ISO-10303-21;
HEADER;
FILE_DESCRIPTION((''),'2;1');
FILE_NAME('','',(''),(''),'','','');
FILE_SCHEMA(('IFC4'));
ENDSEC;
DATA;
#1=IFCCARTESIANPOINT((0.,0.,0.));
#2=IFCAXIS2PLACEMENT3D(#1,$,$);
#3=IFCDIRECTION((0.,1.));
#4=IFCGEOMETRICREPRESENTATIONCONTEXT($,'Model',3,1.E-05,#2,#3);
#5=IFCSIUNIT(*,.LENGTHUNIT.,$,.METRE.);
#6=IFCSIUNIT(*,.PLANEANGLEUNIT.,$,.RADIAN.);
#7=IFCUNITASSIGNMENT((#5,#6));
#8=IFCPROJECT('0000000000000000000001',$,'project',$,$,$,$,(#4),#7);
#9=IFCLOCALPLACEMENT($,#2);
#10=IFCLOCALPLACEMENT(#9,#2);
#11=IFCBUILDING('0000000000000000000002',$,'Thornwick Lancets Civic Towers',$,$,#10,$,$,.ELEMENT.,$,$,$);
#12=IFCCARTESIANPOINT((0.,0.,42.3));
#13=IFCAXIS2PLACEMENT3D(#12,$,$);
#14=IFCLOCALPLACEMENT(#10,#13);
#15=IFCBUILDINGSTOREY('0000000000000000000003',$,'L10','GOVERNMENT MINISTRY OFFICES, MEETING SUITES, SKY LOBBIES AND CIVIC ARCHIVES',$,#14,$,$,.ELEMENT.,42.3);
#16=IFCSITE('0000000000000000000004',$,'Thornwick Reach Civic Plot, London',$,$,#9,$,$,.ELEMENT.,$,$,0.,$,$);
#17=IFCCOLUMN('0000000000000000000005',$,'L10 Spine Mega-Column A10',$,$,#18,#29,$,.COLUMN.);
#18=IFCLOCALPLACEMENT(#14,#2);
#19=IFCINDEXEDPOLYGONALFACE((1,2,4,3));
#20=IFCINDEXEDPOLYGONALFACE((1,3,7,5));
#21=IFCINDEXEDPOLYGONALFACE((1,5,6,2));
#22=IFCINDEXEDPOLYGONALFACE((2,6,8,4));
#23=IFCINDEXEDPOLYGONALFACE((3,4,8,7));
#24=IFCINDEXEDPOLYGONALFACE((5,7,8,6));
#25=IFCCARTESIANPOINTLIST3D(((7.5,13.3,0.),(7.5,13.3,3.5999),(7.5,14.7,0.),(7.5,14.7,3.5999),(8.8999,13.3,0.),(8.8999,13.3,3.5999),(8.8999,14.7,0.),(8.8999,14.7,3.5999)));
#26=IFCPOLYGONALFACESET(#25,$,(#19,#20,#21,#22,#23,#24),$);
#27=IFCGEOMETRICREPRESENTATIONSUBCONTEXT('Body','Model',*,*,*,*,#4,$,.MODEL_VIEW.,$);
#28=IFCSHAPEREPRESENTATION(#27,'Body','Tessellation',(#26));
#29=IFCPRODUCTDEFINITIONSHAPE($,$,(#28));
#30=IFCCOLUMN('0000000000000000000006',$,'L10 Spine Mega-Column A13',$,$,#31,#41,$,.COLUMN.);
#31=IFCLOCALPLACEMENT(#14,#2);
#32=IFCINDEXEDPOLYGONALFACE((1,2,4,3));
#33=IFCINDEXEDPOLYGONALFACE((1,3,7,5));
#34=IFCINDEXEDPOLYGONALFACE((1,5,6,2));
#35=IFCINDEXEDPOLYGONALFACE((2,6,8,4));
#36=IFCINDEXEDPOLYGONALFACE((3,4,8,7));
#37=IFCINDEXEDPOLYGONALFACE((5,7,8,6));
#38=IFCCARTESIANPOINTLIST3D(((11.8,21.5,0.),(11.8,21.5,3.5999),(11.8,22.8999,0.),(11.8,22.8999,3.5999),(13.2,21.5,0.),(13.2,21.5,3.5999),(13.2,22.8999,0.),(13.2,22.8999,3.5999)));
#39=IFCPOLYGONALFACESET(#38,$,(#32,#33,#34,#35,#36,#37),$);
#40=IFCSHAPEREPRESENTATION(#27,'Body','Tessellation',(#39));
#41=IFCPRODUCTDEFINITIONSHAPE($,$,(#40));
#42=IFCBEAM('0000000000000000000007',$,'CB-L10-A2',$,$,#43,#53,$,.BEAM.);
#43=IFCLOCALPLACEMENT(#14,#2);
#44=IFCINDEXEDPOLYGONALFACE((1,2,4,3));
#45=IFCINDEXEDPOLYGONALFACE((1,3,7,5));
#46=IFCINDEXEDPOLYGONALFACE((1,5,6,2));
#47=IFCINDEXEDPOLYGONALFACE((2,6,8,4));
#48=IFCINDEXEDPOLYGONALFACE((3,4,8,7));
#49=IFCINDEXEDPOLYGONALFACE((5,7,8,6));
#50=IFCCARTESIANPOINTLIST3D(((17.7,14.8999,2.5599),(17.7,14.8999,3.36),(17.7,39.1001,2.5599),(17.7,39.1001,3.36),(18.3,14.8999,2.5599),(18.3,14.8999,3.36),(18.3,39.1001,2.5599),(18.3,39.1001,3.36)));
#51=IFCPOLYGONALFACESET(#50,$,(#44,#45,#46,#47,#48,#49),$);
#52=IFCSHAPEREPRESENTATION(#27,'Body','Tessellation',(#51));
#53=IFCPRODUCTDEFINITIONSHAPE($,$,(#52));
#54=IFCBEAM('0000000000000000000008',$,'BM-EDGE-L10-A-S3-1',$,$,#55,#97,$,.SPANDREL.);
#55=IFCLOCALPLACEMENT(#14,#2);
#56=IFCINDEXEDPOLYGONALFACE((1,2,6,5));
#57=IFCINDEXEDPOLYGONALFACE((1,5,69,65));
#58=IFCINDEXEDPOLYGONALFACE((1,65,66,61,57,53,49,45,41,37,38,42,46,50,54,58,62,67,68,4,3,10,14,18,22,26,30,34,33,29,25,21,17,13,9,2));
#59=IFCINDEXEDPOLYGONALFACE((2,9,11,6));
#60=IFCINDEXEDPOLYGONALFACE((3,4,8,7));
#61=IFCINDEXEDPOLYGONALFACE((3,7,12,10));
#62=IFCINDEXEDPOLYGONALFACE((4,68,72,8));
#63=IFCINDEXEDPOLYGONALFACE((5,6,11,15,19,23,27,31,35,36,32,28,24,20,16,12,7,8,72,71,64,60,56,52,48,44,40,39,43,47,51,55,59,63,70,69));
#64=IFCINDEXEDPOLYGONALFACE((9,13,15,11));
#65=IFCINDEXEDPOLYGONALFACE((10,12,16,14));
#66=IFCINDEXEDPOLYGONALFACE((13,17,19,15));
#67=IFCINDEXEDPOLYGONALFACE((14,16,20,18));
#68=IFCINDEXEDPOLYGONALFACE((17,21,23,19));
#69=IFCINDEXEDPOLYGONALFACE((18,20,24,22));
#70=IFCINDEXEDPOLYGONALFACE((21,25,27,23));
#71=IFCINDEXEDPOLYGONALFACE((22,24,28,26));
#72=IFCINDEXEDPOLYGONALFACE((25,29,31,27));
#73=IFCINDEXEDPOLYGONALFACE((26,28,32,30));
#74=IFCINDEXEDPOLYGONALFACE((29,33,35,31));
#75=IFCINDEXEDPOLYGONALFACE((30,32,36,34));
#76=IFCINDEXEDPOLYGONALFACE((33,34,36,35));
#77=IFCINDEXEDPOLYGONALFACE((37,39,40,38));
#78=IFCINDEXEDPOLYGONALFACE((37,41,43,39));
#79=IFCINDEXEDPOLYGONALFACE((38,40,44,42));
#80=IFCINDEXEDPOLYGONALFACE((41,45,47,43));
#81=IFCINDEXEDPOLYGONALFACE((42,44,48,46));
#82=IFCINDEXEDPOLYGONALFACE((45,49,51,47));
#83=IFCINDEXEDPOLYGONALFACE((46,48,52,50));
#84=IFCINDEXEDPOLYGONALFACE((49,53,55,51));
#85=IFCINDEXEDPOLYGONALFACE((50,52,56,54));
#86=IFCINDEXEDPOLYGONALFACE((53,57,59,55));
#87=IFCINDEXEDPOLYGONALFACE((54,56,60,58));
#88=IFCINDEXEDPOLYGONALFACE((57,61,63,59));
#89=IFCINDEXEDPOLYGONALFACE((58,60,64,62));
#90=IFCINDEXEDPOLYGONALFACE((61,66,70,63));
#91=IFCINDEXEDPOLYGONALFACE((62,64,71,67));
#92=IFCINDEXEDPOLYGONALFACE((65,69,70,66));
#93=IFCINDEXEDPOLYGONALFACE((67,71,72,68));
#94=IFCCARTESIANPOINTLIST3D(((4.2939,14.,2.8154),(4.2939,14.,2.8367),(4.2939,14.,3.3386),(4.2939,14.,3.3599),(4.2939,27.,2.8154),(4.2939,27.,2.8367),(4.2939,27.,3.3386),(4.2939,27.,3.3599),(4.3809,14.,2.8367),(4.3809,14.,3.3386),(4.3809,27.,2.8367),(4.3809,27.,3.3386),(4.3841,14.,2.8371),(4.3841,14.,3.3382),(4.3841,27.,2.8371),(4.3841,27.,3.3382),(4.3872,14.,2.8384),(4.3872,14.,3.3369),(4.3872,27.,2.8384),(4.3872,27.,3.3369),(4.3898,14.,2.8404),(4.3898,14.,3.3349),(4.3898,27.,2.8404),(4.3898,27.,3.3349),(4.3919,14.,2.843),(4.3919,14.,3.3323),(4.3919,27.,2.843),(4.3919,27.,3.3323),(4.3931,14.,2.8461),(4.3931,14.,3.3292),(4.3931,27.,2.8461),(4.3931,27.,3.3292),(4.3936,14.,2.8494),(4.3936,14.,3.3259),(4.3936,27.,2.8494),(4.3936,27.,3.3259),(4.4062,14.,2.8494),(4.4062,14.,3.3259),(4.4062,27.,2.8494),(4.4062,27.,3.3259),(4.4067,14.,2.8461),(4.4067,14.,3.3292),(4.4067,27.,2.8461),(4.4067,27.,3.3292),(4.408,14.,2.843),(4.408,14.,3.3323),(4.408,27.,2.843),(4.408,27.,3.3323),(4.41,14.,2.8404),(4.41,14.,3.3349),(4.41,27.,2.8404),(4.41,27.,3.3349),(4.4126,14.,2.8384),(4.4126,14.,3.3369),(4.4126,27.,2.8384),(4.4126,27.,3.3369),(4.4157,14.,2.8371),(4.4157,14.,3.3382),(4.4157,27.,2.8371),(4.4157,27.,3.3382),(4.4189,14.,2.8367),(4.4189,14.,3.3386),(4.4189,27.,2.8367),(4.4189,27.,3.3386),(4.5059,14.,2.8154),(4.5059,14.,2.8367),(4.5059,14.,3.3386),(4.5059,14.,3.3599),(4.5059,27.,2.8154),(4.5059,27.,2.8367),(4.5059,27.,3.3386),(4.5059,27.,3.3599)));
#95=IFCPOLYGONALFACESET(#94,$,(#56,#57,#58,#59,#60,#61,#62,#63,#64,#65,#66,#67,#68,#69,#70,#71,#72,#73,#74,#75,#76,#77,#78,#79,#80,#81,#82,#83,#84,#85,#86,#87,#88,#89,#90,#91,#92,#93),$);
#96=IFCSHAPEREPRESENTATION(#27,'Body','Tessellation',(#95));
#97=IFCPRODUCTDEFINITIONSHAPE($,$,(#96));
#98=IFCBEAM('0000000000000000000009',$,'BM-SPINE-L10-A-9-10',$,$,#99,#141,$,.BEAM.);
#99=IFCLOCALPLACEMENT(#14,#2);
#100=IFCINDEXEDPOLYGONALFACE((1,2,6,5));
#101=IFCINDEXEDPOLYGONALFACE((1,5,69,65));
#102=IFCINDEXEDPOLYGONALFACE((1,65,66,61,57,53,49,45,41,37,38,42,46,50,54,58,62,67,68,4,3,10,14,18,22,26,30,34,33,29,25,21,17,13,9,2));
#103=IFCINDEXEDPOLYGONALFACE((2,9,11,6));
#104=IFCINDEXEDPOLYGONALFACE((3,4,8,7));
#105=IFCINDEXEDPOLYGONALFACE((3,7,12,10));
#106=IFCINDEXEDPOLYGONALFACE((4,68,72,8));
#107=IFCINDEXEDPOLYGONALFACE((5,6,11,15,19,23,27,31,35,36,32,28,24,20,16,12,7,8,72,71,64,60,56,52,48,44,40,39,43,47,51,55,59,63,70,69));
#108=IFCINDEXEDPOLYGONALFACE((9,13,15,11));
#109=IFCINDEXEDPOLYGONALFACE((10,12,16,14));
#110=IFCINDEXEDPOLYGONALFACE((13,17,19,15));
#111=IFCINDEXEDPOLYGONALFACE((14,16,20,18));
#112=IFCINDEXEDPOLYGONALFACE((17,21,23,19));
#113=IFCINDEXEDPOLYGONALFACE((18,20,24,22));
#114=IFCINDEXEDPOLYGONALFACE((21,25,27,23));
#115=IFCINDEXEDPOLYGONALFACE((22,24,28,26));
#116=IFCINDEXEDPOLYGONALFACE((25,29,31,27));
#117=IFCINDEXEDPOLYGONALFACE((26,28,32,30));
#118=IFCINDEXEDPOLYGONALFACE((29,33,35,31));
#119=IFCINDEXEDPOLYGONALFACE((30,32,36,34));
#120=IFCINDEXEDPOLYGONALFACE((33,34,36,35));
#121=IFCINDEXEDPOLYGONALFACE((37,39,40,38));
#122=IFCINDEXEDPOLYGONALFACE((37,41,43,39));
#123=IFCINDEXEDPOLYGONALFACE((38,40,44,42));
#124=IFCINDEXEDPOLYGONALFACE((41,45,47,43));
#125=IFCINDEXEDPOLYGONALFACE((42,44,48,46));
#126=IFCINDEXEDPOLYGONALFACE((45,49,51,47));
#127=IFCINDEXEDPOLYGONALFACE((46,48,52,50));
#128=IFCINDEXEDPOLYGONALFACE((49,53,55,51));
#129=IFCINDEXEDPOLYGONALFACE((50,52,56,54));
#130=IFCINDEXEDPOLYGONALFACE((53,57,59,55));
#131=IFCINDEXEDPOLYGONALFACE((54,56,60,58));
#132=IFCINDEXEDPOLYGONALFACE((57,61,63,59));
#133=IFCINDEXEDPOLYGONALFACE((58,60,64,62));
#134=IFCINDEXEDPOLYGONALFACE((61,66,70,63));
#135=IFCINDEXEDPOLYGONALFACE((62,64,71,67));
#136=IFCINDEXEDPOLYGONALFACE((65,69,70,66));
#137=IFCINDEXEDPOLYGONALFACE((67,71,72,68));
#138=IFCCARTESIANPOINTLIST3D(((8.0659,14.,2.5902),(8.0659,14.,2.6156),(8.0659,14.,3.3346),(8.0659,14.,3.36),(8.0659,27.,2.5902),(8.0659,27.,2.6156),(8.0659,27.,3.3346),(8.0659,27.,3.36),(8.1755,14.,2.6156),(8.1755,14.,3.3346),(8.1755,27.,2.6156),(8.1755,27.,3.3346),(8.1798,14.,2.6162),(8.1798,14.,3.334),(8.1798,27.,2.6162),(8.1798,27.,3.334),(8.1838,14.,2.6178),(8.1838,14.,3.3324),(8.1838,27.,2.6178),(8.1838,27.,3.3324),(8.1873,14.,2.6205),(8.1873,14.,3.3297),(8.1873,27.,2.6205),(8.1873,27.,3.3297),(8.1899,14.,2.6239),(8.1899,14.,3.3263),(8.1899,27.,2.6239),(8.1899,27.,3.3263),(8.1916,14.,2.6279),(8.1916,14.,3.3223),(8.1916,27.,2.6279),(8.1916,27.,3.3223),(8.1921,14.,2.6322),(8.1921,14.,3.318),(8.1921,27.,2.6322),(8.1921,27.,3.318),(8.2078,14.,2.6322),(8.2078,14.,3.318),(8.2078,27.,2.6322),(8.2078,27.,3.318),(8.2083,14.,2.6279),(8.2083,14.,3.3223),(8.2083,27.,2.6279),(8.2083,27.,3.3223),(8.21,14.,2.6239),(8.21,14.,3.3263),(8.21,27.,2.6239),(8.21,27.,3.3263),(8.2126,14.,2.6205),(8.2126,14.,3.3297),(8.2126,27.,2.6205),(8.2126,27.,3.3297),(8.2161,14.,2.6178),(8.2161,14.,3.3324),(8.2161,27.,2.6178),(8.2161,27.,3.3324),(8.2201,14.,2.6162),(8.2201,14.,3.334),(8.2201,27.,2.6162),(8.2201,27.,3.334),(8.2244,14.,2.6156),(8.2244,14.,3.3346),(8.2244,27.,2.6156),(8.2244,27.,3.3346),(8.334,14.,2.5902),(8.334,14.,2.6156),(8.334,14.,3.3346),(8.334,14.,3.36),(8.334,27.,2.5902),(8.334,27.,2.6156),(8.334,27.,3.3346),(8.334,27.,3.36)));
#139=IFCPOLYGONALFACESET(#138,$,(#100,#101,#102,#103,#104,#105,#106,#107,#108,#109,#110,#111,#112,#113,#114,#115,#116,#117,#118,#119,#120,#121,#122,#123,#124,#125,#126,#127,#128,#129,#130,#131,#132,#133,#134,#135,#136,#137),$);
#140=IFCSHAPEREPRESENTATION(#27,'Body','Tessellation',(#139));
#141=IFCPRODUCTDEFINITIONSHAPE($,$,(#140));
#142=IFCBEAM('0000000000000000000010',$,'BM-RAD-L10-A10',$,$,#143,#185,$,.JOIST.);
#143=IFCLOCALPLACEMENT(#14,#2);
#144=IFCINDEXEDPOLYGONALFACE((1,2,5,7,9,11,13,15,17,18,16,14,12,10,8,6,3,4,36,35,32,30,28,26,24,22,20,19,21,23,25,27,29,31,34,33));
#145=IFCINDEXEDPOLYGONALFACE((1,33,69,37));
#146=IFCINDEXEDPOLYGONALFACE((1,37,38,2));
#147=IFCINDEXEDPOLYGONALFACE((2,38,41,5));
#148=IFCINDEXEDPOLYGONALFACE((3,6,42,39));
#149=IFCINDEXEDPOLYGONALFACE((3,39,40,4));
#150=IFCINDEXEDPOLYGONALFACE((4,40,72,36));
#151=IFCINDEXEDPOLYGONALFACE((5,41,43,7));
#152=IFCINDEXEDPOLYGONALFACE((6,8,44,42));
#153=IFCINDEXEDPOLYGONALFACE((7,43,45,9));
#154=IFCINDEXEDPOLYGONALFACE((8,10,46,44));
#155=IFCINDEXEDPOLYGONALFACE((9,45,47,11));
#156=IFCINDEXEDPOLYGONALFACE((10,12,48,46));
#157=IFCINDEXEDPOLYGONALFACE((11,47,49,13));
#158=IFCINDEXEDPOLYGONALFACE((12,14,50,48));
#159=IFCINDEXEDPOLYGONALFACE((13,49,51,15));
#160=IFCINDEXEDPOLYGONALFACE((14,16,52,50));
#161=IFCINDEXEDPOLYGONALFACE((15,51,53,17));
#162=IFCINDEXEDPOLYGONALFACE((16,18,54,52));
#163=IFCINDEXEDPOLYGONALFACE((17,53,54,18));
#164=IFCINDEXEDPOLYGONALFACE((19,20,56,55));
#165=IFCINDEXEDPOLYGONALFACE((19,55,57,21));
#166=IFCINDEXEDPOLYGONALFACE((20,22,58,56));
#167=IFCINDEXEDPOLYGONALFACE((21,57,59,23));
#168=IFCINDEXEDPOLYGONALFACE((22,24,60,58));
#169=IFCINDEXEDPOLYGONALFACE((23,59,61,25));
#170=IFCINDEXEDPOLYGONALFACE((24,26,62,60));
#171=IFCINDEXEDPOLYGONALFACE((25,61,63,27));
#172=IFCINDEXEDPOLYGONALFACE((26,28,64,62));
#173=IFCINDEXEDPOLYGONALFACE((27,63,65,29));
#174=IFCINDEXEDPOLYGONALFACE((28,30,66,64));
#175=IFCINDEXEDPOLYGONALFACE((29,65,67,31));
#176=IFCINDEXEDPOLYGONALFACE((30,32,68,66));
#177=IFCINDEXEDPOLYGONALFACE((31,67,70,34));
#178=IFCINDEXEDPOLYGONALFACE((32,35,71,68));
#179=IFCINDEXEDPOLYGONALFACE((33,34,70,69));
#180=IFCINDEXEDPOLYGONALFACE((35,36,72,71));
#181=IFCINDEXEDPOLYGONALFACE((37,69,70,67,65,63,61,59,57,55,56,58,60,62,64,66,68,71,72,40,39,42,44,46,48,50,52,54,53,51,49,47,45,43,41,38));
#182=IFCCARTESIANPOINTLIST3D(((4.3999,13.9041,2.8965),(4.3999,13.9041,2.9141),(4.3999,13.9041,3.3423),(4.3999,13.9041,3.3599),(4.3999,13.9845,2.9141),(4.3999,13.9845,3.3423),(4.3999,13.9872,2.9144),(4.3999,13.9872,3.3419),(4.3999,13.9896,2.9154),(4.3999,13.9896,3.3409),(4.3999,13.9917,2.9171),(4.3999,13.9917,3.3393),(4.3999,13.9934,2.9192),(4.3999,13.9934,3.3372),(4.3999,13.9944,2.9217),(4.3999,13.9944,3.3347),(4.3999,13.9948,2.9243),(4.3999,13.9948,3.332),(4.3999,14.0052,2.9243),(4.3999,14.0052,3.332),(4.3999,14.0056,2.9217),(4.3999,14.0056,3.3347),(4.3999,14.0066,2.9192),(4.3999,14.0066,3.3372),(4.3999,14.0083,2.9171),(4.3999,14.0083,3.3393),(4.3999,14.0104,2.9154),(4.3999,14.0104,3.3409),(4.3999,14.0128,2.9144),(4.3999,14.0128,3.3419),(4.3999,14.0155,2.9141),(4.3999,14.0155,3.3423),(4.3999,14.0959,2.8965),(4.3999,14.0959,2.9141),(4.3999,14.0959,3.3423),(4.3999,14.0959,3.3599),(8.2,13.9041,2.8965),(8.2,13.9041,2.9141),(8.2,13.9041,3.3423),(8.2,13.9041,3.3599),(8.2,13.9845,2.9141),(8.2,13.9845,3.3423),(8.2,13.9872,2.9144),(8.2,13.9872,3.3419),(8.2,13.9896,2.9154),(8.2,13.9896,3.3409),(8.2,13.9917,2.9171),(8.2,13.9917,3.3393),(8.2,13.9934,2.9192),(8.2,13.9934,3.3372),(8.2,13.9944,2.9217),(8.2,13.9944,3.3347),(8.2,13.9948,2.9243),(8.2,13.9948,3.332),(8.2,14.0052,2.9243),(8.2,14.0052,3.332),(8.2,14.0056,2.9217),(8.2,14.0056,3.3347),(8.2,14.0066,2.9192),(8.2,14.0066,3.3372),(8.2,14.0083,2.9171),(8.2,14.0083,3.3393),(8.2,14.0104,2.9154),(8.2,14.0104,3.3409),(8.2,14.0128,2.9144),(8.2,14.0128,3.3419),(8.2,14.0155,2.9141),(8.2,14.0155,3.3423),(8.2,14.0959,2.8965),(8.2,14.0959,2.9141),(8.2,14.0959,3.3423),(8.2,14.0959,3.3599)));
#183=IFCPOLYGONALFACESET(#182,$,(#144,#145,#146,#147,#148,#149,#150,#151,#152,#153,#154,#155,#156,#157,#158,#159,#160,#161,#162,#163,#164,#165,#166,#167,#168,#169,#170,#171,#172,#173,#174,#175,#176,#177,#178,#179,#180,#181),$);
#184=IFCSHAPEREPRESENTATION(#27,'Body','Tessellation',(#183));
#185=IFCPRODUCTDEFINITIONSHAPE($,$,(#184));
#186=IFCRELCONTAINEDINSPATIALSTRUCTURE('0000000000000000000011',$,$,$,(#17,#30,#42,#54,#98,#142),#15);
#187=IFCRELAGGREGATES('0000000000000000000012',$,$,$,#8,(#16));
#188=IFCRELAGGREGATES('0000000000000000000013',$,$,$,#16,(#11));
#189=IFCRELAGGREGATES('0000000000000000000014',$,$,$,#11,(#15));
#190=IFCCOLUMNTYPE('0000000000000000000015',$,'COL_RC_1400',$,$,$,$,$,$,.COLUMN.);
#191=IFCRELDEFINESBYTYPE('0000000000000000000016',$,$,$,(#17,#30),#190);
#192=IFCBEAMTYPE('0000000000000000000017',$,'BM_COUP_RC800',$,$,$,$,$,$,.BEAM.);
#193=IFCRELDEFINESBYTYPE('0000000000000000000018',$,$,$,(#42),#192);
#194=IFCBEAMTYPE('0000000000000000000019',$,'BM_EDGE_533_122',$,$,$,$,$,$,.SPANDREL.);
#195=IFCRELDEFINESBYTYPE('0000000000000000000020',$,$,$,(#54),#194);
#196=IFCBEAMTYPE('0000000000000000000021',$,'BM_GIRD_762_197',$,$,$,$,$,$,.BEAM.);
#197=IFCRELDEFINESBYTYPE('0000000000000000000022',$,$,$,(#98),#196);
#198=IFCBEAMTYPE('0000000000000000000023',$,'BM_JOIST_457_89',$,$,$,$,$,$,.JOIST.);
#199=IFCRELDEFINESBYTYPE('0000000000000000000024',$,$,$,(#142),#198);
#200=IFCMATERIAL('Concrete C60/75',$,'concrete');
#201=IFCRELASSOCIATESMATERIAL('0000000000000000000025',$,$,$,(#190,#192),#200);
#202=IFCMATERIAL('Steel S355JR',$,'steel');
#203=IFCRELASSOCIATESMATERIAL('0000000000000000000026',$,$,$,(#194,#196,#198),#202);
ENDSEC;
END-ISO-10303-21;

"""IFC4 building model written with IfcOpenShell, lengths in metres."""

from ifc_helpers import new_model, si_unit, direction, frame, origin, origin_2d, place, context, subcontext, project, spatial, rectangle, i_section, extrude, material, material_profile, profile_set, type_object, element, save


model = new_model("IFC4")

# Units and contexts
model_context = context("Model", 3, precision=1e-05, world=origin(), true_north=direction((0.0, 1.0)))
body_context = subcontext(model_context, "Body", "Model", "MODEL_VIEW")
ifc_project = project(units=[si_unit("LENGTHUNIT", "METRE"), si_unit("PLANEANGLEUNIT", "RADIAN")], contexts=[model_context])

# Site, building, storey
site_placement = place(None, origin())
site = spatial("IfcSite", under=ifc_project, at=site_placement, Name="Thornwick Reach Civic Plot, London", CompositionType="ELEMENT", RefElevation=0.0)
building_placement = place(site_placement, origin())
building = spatial("IfcBuilding", under=site, at=building_placement, Name="Thornwick Lancets Civic Towers", CompositionType="ELEMENT")
storey_placement = place(building_placement, frame((0.0, 0.0, 42.3)))
storey = spatial("IfcBuildingStorey", under=building, at=storey_placement, Name="L10", Description="GOVERNMENT MINISTRY OFFICES, MEETING SUITES, SKY LOBBIES AND CIVIC ARCHIVES", CompositionType="ELEMENT", Elevation=42.3)

# Columns
ifc_material_1 = material(Name="Concrete C60/75", Category="concrete")
ifc_material_profile_1 = material_profile(ifc_material_1, rectangle(XDim=1.3999, YDim=1.3999, at=origin_2d()), Name="RC 1400x1400")
ifc_profile_set_1 = profile_set([ifc_material_profile_1], Name="Concrete C60/75")
column_type = type_object("IfcColumnType", Name="COL_RC_1400", PredefinedType="COLUMN", material=ifc_profile_set_1)
for number, where, z_axis, x_axis, name in (
    (1, (8.2, 14.0, 0.0), (0.0, 0.0, 1.0), (1.0, 0.0, 0.0), "L10 Spine Mega-Column A10"),
    (2, (12.5, 22.2, 0.0), (0.0, 0.0, 1.0), (1.0, 0.0, 0.0), "L10 Spine Mega-Column A13"),
):
    element("IfcColumn", number, at=place(storey_placement, frame(where, z_axis=z_axis, x_axis=x_axis)), inside=storey, type_object=column_type, Name=name, PredefinedType="COLUMN", context=body_context, shape_type="SweptSolid", body=[
        extrude(rectangle(XDim=1.3999, YDim=1.3999, at=origin_2d()), origin(), (0.0, 0.0, 1.0), 3.5999),
    ])

# Beams
ifc_material_profile_2 = material_profile(ifc_material_1, rectangle(XDim=0.6001, YDim=0.8, at=origin_2d()), Name="RC 600x800")
ifc_profile_set_2 = profile_set([ifc_material_profile_2], Name="Concrete C60/75")
beam_type_1 = type_object("IfcBeamType", Name="BM_COUP_RC800", PredefinedType="BEAM", material=ifc_profile_set_2)
beam_1_placement = place(storey_placement, frame((18.0, 14.8999, 2.96), z_axis=(0.0, 1.0, 0.0), x_axis=(-1.0, 0.0, 0.0)))
element("IfcBeam", 3, at=beam_1_placement, inside=storey, type_object=beam_type_1, Name="CB-L10-A2", PredefinedType="BEAM", context=body_context, shape_type="SweptSolid", body=[
    extrude(rectangle(XDim=0.6001, YDim=0.8, at=origin_2d()), origin(), (0.0, 0.0, 1.0), 24.2002),
])
ifc_material_2 = material(Name="Steel S355JR", Category="steel")
ifc_material_profile_3 = material_profile(ifc_material_2, i_section(OverallWidth=0.2119, OverallDepth=0.5444, WebThickness=0.0127, FlangeThickness=0.0212, FilletRadius=0.0127, at=origin_2d()), Name="UKB 533x210x122")
ifc_profile_set_3 = profile_set([ifc_material_profile_3], Name="Steel S355JR")
beam_type_2 = type_object("IfcBeamType", Name="BM_EDGE_533_122", PredefinedType="SPANDREL", material=ifc_profile_set_3)
beam_2_placement = place(storey_placement, frame((4.3999, 14.0, 3.0876), z_axis=(0.0, 1.0, 0.0), x_axis=(-1.0, 0.0, 0.0)))
element("IfcBeam", 4, at=beam_2_placement, inside=storey, type_object=beam_type_2, Name="BM-EDGE-L10-A-S3-1", PredefinedType="SPANDREL", context=body_context, shape_type="SweptSolid", body=[
    extrude(i_section(OverallWidth=0.2119, OverallDepth=0.5444, WebThickness=0.0127, FlangeThickness=0.0212, FilletRadius=0.0127, at=origin_2d()), origin(), (0.0, 0.0, 1.0), 13.0),
])
ifc_material_profile_4 = material_profile(ifc_material_2, i_section(OverallWidth=0.2681, OverallDepth=0.7698, WebThickness=0.0156, FlangeThickness=0.0254, FilletRadius=0.0166, at=origin_2d()), Name="UKB 762x267x197")
ifc_profile_set_4 = profile_set([ifc_material_profile_4], Name="Steel S355JR")
beam_type_3 = type_object("IfcBeamType", Name="BM_GIRD_762_197", PredefinedType="BEAM", material=ifc_profile_set_4)
beam_3_placement = place(storey_placement, frame((8.2, 14.0, 2.9751), z_axis=(0.0, 1.0, 0.0), x_axis=(-1.0, 0.0, 0.0)))
element("IfcBeam", 5, at=beam_3_placement, inside=storey, type_object=beam_type_3, Name="BM-SPINE-L10-A-9-10", PredefinedType="BEAM", context=body_context, shape_type="SweptSolid", body=[
    extrude(i_section(OverallWidth=0.2681, OverallDepth=0.7698, WebThickness=0.0156, FlangeThickness=0.0254, FilletRadius=0.0166, at=origin_2d()), origin(), (0.0, 0.0, 1.0), 13.0),
])
ifc_material_profile_5 = material_profile(ifc_material_2, i_section(OverallWidth=0.1919, OverallDepth=0.4634, WebThickness=0.0105, FlangeThickness=0.0176, FilletRadius=0.0103, at=origin_2d()), Name="UKB 457x191x89")
ifc_profile_set_5 = profile_set([ifc_material_profile_5], Name="Steel S355JR")
beam_type_4 = type_object("IfcBeamType", Name="BM_JOIST_457_89", PredefinedType="JOIST", material=ifc_profile_set_5)
beam_4_placement = place(storey_placement, frame((8.2, 14.0, 3.1282), z_axis=(-1.0, 0.0, 0.0), x_axis=(0.0, -1.0, 0.0)))
element("IfcBeam", 6, at=beam_4_placement, inside=storey, type_object=beam_type_4, Name="BM-RAD-L10-A10", PredefinedType="JOIST", context=body_context, shape_type="SweptSolid", body=[
    extrude(i_section(OverallWidth=0.1919, OverallDepth=0.4634, WebThickness=0.0105, FlangeThickness=0.0176, FilletRadius=0.0103, at=origin_2d()), origin(), (0.0, 0.0, 1.0), 3.8),
])

save(model, "model.ifc")
